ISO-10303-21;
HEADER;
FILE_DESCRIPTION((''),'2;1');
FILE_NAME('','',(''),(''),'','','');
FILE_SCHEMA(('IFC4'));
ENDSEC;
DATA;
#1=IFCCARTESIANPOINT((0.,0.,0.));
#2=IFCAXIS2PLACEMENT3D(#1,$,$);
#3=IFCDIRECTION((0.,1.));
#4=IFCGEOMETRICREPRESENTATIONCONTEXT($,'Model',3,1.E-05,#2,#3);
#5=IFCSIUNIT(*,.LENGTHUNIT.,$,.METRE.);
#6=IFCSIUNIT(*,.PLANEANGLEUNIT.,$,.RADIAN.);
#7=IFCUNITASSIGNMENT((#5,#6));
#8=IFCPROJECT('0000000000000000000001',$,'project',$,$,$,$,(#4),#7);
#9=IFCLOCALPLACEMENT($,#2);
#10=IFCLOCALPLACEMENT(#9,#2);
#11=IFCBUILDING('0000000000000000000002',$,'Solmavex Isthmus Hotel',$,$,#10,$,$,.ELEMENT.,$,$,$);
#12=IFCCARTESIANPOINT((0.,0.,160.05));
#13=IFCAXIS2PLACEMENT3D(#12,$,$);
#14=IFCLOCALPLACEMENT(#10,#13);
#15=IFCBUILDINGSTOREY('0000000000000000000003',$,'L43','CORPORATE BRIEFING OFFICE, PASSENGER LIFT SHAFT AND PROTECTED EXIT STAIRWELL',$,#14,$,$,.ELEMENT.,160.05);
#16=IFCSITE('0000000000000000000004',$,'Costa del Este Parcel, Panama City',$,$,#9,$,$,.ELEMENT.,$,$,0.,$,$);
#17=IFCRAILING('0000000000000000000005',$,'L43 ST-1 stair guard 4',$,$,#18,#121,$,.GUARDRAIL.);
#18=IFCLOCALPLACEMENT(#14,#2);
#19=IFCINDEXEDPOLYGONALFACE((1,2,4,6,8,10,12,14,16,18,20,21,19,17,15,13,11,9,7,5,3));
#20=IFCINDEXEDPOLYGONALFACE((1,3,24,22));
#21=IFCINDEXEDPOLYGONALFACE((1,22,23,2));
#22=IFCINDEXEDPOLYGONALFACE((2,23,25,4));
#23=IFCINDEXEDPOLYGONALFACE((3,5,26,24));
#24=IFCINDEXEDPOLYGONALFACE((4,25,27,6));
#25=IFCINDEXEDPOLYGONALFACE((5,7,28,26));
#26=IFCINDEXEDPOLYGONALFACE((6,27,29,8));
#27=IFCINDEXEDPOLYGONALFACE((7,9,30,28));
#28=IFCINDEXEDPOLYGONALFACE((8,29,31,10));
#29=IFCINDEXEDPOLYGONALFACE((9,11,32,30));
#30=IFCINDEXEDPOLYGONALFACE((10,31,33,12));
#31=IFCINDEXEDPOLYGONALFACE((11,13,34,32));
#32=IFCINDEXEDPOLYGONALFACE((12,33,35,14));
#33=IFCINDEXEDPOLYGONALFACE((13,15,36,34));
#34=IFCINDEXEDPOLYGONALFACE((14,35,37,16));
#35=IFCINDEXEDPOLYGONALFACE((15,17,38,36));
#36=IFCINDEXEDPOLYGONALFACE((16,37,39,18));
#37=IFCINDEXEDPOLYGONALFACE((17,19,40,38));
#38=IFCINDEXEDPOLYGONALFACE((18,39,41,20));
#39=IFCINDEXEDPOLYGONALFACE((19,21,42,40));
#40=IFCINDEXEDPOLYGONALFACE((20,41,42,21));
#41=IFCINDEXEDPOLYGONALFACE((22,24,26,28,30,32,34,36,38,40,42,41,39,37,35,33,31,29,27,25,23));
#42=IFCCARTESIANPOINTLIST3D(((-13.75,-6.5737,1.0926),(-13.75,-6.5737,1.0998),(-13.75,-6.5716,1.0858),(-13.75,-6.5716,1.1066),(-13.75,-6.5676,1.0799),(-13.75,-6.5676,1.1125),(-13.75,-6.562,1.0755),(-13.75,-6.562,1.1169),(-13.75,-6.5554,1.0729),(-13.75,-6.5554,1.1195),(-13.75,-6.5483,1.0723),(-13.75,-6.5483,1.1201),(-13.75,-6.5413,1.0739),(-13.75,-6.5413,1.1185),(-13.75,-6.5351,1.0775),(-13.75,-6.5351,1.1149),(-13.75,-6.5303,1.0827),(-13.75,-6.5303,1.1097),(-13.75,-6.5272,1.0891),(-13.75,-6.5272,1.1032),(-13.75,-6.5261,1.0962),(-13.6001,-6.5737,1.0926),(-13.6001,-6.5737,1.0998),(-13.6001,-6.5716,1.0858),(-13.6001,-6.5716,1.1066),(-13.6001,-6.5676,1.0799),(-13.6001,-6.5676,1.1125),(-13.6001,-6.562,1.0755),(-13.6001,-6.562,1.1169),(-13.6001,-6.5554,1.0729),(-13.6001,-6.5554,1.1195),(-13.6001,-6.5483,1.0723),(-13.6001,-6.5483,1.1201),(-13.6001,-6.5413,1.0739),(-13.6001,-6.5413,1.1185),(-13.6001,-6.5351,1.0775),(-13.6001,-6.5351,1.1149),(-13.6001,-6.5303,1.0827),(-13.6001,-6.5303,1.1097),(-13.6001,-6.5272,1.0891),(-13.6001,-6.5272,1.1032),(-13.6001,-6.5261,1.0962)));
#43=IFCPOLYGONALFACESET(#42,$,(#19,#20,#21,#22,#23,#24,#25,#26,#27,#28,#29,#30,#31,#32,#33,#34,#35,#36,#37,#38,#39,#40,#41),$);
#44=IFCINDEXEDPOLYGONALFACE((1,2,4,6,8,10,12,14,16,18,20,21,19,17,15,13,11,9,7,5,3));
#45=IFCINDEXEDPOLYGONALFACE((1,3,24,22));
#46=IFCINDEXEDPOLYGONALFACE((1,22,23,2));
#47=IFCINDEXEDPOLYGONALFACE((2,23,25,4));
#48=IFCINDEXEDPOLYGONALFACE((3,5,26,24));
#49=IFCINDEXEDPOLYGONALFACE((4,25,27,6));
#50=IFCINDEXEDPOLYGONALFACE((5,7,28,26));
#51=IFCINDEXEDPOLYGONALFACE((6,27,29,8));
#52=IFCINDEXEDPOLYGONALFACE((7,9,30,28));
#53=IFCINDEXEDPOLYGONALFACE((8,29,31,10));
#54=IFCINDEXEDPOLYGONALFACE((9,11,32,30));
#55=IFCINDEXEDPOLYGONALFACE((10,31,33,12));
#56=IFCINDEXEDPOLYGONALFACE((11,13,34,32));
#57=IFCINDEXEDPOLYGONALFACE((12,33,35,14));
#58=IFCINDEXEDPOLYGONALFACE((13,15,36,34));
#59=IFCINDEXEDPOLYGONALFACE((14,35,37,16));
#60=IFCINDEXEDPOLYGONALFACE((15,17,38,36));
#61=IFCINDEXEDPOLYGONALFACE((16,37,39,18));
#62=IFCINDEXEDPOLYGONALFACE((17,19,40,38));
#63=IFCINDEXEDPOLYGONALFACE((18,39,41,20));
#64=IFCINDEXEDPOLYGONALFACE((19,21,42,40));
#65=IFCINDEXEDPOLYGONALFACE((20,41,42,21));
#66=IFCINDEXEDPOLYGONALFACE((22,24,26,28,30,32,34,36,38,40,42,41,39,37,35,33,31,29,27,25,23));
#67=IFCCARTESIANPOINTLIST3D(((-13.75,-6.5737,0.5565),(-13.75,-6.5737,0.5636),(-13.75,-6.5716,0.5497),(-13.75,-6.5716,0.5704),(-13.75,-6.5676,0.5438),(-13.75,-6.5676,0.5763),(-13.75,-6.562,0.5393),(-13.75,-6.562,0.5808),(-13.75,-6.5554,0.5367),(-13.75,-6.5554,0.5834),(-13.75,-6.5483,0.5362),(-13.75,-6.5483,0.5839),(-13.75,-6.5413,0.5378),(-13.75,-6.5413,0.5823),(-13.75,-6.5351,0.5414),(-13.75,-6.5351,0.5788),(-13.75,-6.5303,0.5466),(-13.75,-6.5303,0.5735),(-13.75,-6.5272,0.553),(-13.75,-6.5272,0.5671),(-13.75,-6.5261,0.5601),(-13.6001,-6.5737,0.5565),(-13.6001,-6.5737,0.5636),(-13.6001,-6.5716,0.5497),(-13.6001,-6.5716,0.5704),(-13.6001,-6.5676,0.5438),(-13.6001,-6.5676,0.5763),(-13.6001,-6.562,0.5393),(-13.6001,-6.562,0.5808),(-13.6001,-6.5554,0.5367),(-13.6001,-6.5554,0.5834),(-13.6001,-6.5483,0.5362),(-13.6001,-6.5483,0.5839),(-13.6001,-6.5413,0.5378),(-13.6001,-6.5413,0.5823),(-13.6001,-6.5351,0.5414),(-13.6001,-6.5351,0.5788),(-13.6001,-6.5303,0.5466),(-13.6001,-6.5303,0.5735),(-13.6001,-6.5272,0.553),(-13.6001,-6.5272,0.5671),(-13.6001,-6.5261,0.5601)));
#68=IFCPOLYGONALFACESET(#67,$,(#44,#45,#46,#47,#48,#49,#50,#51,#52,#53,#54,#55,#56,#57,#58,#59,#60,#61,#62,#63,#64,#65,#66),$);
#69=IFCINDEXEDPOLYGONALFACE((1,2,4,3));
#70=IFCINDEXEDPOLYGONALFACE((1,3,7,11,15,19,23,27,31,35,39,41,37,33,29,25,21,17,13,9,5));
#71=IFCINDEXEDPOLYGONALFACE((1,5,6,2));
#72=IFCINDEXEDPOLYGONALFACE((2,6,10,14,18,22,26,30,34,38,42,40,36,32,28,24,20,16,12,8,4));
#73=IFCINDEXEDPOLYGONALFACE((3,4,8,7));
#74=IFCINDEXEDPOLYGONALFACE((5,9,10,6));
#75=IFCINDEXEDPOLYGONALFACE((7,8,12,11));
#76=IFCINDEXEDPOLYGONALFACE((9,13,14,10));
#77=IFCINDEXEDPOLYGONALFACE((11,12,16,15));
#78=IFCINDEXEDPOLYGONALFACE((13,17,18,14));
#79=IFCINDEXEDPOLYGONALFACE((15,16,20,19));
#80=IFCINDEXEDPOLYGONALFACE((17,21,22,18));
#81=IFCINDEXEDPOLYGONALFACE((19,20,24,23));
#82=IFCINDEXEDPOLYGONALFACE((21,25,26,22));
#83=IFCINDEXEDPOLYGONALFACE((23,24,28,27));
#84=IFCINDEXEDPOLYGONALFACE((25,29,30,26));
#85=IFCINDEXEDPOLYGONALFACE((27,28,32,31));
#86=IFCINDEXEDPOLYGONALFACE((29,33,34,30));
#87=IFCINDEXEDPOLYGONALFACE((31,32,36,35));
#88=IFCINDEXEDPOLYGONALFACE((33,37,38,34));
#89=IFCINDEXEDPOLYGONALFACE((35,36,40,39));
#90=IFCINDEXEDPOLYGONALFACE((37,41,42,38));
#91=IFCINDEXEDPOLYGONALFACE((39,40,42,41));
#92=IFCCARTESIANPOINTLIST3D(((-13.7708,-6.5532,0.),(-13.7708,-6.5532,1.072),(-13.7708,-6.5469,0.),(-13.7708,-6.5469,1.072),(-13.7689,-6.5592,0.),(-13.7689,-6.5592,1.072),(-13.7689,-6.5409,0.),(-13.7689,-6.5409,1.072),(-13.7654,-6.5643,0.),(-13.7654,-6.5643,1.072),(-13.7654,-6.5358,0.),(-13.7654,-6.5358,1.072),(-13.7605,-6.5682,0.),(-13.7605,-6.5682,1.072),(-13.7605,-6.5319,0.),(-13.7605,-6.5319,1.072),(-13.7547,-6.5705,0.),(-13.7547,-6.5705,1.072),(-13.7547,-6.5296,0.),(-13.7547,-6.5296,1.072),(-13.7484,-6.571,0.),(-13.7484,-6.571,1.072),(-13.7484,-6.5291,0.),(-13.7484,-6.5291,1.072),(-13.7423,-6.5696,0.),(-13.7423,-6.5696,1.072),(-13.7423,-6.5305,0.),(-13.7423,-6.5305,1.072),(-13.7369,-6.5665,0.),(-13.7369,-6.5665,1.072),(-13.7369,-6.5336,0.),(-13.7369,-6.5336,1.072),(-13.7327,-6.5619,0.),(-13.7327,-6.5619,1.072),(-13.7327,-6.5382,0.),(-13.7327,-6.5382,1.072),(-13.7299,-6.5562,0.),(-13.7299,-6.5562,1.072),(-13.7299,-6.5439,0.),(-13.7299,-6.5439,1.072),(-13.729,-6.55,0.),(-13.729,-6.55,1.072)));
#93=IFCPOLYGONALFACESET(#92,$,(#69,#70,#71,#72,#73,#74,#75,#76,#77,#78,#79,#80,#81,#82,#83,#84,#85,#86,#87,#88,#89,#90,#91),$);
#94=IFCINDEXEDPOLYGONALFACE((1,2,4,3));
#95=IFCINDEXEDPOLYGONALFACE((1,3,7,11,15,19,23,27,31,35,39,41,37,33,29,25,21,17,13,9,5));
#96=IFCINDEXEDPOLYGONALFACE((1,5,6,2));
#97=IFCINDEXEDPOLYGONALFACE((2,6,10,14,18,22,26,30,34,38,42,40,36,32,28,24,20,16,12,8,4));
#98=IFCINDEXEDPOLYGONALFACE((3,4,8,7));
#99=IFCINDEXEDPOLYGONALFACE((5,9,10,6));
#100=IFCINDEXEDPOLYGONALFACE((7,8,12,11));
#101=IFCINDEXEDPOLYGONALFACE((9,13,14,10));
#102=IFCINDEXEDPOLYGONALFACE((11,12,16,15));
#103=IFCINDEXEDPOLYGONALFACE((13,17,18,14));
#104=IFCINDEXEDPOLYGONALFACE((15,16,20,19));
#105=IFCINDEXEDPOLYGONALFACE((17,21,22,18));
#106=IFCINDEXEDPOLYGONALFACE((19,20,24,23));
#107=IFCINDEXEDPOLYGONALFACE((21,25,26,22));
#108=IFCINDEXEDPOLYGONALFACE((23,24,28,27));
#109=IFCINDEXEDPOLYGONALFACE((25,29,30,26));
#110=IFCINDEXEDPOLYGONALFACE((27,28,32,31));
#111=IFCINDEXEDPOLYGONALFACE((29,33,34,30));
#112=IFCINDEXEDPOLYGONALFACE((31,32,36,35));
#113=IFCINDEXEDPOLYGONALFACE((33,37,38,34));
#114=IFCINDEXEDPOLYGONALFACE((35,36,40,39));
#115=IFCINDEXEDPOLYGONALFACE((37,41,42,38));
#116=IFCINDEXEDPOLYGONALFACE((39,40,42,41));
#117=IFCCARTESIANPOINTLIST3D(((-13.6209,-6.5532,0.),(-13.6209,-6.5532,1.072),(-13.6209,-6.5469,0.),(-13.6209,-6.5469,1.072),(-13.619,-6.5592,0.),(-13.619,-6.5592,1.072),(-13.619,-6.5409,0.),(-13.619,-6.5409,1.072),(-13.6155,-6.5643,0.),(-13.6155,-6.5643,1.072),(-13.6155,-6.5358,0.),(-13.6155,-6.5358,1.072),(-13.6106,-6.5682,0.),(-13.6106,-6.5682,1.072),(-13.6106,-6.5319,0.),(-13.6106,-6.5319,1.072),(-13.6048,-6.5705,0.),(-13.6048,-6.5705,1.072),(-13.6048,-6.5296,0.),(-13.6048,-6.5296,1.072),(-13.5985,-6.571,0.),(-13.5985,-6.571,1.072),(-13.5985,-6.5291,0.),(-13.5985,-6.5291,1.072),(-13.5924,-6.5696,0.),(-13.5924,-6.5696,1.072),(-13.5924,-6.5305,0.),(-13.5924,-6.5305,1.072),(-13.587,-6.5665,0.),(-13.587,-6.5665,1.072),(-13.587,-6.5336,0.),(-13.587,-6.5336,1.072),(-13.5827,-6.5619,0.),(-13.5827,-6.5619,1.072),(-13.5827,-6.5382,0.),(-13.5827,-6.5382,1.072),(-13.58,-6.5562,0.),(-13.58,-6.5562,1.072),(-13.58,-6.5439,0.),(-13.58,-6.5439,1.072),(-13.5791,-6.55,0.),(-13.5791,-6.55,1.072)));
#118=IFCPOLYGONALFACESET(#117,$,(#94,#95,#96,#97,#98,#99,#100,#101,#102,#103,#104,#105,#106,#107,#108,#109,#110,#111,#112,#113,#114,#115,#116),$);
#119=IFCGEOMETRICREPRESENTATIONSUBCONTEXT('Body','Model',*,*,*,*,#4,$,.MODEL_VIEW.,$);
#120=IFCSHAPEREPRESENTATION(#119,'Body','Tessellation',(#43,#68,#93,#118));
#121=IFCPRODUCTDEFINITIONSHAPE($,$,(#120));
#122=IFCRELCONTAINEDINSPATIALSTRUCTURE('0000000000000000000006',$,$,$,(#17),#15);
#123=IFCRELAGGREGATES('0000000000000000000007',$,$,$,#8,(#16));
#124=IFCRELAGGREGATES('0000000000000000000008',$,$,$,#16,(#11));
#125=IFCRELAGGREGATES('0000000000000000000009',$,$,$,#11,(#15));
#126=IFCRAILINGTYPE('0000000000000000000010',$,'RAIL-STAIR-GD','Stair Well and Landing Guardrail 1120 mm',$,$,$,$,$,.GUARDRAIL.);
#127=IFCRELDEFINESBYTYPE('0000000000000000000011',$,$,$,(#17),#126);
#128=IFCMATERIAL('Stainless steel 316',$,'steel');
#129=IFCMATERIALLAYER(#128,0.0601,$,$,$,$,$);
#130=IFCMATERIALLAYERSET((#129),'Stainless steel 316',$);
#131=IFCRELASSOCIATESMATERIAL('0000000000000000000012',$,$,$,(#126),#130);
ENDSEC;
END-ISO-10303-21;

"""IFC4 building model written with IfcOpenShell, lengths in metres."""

from ifc_helpers import new_model, si_unit, direction, frame, origin, origin_2d, place, context, subcontext, project, spatial, circle, extrude, material, layer, layer_set, type_object, element, save


model = new_model("IFC4")

# Units and contexts
model_context = context("Model", 3, precision=1e-05, world=origin(), true_north=direction((0.0, 1.0)))
body_context = subcontext(model_context, "Body", "Model", "MODEL_VIEW")
ifc_project = project(units=[si_unit("LENGTHUNIT", "METRE"), si_unit("PLANEANGLEUNIT", "RADIAN")], contexts=[model_context])

# Site, building, storey
site_placement = place(None, origin())
site = spatial("IfcSite", under=ifc_project, at=site_placement, Name="Costa del Este Parcel, Panama City", CompositionType="ELEMENT", RefElevation=0.0)
building_placement = place(site_placement, origin())
building = spatial("IfcBuilding", under=site, at=building_placement, Name="Solmavex Isthmus Hotel", CompositionType="ELEMENT")
storey_placement = place(building_placement, frame((0.0, 0.0, 160.05)))
storey = spatial("IfcBuildingStorey", under=building, at=storey_placement, Name="L43", Description="CORPORATE BRIEFING OFFICE, PASSENGER LIFT SHAFT AND PROTECTED EXIT STAIRWELL", CompositionType="ELEMENT", Elevation=160.05)

# Railing
ifc_material_1 = material(Name="Stainless steel 316", Category="steel")
ifc_layer_1 = layer(ifc_material_1, 0.0601)
ifc_layer_set_1 = layer_set([ifc_layer_1], Name="Stainless steel 316")
railing_type_1 = type_object("IfcRailingType", Name="RAIL-STAIR-GD", Description="Stair Well and Landing Guardrail 1120 mm", PredefinedType="GUARDRAIL", material=ifc_layer_set_1)
railing_1_placement = place(storey_placement, frame((-13.75, -6.55, 0.0)))
element("IfcRailing", 1, at=railing_1_placement, inside=storey, type_object=railing_type_1, Name="L43 ST-1 stair guard 4", PredefinedType="GUARDRAIL", context=body_context, shape_type="SweptSolid", body=[
    extrude(circle(Radius=0.0239, at=origin_2d()), frame((0.0, 0.0, 1.0962), z_axis=(1.0, 0.0, 0.0), x_axis=(0.0, 1.0, 0.0)), (0.0, 0.0, 1.0), 0.1499),
    extrude(circle(Radius=0.0239, at=origin_2d()), frame((0.0, 0.0, 0.5601), z_axis=(1.0, 0.0, 0.0), x_axis=(0.0, 1.0, 0.0)), (0.0, 0.0, 1.0), 0.1499),
    extrude(circle(Radius=0.021, at=origin_2d()), origin(), (0.0, 0.0, 1.0), 1.072),
    extrude(circle(Radius=0.021, at=origin_2d()), frame((0.1499, 0.0, 0.0)), (0.0, 0.0, 1.0), 1.072),
])

save(model, "model.ifc")
